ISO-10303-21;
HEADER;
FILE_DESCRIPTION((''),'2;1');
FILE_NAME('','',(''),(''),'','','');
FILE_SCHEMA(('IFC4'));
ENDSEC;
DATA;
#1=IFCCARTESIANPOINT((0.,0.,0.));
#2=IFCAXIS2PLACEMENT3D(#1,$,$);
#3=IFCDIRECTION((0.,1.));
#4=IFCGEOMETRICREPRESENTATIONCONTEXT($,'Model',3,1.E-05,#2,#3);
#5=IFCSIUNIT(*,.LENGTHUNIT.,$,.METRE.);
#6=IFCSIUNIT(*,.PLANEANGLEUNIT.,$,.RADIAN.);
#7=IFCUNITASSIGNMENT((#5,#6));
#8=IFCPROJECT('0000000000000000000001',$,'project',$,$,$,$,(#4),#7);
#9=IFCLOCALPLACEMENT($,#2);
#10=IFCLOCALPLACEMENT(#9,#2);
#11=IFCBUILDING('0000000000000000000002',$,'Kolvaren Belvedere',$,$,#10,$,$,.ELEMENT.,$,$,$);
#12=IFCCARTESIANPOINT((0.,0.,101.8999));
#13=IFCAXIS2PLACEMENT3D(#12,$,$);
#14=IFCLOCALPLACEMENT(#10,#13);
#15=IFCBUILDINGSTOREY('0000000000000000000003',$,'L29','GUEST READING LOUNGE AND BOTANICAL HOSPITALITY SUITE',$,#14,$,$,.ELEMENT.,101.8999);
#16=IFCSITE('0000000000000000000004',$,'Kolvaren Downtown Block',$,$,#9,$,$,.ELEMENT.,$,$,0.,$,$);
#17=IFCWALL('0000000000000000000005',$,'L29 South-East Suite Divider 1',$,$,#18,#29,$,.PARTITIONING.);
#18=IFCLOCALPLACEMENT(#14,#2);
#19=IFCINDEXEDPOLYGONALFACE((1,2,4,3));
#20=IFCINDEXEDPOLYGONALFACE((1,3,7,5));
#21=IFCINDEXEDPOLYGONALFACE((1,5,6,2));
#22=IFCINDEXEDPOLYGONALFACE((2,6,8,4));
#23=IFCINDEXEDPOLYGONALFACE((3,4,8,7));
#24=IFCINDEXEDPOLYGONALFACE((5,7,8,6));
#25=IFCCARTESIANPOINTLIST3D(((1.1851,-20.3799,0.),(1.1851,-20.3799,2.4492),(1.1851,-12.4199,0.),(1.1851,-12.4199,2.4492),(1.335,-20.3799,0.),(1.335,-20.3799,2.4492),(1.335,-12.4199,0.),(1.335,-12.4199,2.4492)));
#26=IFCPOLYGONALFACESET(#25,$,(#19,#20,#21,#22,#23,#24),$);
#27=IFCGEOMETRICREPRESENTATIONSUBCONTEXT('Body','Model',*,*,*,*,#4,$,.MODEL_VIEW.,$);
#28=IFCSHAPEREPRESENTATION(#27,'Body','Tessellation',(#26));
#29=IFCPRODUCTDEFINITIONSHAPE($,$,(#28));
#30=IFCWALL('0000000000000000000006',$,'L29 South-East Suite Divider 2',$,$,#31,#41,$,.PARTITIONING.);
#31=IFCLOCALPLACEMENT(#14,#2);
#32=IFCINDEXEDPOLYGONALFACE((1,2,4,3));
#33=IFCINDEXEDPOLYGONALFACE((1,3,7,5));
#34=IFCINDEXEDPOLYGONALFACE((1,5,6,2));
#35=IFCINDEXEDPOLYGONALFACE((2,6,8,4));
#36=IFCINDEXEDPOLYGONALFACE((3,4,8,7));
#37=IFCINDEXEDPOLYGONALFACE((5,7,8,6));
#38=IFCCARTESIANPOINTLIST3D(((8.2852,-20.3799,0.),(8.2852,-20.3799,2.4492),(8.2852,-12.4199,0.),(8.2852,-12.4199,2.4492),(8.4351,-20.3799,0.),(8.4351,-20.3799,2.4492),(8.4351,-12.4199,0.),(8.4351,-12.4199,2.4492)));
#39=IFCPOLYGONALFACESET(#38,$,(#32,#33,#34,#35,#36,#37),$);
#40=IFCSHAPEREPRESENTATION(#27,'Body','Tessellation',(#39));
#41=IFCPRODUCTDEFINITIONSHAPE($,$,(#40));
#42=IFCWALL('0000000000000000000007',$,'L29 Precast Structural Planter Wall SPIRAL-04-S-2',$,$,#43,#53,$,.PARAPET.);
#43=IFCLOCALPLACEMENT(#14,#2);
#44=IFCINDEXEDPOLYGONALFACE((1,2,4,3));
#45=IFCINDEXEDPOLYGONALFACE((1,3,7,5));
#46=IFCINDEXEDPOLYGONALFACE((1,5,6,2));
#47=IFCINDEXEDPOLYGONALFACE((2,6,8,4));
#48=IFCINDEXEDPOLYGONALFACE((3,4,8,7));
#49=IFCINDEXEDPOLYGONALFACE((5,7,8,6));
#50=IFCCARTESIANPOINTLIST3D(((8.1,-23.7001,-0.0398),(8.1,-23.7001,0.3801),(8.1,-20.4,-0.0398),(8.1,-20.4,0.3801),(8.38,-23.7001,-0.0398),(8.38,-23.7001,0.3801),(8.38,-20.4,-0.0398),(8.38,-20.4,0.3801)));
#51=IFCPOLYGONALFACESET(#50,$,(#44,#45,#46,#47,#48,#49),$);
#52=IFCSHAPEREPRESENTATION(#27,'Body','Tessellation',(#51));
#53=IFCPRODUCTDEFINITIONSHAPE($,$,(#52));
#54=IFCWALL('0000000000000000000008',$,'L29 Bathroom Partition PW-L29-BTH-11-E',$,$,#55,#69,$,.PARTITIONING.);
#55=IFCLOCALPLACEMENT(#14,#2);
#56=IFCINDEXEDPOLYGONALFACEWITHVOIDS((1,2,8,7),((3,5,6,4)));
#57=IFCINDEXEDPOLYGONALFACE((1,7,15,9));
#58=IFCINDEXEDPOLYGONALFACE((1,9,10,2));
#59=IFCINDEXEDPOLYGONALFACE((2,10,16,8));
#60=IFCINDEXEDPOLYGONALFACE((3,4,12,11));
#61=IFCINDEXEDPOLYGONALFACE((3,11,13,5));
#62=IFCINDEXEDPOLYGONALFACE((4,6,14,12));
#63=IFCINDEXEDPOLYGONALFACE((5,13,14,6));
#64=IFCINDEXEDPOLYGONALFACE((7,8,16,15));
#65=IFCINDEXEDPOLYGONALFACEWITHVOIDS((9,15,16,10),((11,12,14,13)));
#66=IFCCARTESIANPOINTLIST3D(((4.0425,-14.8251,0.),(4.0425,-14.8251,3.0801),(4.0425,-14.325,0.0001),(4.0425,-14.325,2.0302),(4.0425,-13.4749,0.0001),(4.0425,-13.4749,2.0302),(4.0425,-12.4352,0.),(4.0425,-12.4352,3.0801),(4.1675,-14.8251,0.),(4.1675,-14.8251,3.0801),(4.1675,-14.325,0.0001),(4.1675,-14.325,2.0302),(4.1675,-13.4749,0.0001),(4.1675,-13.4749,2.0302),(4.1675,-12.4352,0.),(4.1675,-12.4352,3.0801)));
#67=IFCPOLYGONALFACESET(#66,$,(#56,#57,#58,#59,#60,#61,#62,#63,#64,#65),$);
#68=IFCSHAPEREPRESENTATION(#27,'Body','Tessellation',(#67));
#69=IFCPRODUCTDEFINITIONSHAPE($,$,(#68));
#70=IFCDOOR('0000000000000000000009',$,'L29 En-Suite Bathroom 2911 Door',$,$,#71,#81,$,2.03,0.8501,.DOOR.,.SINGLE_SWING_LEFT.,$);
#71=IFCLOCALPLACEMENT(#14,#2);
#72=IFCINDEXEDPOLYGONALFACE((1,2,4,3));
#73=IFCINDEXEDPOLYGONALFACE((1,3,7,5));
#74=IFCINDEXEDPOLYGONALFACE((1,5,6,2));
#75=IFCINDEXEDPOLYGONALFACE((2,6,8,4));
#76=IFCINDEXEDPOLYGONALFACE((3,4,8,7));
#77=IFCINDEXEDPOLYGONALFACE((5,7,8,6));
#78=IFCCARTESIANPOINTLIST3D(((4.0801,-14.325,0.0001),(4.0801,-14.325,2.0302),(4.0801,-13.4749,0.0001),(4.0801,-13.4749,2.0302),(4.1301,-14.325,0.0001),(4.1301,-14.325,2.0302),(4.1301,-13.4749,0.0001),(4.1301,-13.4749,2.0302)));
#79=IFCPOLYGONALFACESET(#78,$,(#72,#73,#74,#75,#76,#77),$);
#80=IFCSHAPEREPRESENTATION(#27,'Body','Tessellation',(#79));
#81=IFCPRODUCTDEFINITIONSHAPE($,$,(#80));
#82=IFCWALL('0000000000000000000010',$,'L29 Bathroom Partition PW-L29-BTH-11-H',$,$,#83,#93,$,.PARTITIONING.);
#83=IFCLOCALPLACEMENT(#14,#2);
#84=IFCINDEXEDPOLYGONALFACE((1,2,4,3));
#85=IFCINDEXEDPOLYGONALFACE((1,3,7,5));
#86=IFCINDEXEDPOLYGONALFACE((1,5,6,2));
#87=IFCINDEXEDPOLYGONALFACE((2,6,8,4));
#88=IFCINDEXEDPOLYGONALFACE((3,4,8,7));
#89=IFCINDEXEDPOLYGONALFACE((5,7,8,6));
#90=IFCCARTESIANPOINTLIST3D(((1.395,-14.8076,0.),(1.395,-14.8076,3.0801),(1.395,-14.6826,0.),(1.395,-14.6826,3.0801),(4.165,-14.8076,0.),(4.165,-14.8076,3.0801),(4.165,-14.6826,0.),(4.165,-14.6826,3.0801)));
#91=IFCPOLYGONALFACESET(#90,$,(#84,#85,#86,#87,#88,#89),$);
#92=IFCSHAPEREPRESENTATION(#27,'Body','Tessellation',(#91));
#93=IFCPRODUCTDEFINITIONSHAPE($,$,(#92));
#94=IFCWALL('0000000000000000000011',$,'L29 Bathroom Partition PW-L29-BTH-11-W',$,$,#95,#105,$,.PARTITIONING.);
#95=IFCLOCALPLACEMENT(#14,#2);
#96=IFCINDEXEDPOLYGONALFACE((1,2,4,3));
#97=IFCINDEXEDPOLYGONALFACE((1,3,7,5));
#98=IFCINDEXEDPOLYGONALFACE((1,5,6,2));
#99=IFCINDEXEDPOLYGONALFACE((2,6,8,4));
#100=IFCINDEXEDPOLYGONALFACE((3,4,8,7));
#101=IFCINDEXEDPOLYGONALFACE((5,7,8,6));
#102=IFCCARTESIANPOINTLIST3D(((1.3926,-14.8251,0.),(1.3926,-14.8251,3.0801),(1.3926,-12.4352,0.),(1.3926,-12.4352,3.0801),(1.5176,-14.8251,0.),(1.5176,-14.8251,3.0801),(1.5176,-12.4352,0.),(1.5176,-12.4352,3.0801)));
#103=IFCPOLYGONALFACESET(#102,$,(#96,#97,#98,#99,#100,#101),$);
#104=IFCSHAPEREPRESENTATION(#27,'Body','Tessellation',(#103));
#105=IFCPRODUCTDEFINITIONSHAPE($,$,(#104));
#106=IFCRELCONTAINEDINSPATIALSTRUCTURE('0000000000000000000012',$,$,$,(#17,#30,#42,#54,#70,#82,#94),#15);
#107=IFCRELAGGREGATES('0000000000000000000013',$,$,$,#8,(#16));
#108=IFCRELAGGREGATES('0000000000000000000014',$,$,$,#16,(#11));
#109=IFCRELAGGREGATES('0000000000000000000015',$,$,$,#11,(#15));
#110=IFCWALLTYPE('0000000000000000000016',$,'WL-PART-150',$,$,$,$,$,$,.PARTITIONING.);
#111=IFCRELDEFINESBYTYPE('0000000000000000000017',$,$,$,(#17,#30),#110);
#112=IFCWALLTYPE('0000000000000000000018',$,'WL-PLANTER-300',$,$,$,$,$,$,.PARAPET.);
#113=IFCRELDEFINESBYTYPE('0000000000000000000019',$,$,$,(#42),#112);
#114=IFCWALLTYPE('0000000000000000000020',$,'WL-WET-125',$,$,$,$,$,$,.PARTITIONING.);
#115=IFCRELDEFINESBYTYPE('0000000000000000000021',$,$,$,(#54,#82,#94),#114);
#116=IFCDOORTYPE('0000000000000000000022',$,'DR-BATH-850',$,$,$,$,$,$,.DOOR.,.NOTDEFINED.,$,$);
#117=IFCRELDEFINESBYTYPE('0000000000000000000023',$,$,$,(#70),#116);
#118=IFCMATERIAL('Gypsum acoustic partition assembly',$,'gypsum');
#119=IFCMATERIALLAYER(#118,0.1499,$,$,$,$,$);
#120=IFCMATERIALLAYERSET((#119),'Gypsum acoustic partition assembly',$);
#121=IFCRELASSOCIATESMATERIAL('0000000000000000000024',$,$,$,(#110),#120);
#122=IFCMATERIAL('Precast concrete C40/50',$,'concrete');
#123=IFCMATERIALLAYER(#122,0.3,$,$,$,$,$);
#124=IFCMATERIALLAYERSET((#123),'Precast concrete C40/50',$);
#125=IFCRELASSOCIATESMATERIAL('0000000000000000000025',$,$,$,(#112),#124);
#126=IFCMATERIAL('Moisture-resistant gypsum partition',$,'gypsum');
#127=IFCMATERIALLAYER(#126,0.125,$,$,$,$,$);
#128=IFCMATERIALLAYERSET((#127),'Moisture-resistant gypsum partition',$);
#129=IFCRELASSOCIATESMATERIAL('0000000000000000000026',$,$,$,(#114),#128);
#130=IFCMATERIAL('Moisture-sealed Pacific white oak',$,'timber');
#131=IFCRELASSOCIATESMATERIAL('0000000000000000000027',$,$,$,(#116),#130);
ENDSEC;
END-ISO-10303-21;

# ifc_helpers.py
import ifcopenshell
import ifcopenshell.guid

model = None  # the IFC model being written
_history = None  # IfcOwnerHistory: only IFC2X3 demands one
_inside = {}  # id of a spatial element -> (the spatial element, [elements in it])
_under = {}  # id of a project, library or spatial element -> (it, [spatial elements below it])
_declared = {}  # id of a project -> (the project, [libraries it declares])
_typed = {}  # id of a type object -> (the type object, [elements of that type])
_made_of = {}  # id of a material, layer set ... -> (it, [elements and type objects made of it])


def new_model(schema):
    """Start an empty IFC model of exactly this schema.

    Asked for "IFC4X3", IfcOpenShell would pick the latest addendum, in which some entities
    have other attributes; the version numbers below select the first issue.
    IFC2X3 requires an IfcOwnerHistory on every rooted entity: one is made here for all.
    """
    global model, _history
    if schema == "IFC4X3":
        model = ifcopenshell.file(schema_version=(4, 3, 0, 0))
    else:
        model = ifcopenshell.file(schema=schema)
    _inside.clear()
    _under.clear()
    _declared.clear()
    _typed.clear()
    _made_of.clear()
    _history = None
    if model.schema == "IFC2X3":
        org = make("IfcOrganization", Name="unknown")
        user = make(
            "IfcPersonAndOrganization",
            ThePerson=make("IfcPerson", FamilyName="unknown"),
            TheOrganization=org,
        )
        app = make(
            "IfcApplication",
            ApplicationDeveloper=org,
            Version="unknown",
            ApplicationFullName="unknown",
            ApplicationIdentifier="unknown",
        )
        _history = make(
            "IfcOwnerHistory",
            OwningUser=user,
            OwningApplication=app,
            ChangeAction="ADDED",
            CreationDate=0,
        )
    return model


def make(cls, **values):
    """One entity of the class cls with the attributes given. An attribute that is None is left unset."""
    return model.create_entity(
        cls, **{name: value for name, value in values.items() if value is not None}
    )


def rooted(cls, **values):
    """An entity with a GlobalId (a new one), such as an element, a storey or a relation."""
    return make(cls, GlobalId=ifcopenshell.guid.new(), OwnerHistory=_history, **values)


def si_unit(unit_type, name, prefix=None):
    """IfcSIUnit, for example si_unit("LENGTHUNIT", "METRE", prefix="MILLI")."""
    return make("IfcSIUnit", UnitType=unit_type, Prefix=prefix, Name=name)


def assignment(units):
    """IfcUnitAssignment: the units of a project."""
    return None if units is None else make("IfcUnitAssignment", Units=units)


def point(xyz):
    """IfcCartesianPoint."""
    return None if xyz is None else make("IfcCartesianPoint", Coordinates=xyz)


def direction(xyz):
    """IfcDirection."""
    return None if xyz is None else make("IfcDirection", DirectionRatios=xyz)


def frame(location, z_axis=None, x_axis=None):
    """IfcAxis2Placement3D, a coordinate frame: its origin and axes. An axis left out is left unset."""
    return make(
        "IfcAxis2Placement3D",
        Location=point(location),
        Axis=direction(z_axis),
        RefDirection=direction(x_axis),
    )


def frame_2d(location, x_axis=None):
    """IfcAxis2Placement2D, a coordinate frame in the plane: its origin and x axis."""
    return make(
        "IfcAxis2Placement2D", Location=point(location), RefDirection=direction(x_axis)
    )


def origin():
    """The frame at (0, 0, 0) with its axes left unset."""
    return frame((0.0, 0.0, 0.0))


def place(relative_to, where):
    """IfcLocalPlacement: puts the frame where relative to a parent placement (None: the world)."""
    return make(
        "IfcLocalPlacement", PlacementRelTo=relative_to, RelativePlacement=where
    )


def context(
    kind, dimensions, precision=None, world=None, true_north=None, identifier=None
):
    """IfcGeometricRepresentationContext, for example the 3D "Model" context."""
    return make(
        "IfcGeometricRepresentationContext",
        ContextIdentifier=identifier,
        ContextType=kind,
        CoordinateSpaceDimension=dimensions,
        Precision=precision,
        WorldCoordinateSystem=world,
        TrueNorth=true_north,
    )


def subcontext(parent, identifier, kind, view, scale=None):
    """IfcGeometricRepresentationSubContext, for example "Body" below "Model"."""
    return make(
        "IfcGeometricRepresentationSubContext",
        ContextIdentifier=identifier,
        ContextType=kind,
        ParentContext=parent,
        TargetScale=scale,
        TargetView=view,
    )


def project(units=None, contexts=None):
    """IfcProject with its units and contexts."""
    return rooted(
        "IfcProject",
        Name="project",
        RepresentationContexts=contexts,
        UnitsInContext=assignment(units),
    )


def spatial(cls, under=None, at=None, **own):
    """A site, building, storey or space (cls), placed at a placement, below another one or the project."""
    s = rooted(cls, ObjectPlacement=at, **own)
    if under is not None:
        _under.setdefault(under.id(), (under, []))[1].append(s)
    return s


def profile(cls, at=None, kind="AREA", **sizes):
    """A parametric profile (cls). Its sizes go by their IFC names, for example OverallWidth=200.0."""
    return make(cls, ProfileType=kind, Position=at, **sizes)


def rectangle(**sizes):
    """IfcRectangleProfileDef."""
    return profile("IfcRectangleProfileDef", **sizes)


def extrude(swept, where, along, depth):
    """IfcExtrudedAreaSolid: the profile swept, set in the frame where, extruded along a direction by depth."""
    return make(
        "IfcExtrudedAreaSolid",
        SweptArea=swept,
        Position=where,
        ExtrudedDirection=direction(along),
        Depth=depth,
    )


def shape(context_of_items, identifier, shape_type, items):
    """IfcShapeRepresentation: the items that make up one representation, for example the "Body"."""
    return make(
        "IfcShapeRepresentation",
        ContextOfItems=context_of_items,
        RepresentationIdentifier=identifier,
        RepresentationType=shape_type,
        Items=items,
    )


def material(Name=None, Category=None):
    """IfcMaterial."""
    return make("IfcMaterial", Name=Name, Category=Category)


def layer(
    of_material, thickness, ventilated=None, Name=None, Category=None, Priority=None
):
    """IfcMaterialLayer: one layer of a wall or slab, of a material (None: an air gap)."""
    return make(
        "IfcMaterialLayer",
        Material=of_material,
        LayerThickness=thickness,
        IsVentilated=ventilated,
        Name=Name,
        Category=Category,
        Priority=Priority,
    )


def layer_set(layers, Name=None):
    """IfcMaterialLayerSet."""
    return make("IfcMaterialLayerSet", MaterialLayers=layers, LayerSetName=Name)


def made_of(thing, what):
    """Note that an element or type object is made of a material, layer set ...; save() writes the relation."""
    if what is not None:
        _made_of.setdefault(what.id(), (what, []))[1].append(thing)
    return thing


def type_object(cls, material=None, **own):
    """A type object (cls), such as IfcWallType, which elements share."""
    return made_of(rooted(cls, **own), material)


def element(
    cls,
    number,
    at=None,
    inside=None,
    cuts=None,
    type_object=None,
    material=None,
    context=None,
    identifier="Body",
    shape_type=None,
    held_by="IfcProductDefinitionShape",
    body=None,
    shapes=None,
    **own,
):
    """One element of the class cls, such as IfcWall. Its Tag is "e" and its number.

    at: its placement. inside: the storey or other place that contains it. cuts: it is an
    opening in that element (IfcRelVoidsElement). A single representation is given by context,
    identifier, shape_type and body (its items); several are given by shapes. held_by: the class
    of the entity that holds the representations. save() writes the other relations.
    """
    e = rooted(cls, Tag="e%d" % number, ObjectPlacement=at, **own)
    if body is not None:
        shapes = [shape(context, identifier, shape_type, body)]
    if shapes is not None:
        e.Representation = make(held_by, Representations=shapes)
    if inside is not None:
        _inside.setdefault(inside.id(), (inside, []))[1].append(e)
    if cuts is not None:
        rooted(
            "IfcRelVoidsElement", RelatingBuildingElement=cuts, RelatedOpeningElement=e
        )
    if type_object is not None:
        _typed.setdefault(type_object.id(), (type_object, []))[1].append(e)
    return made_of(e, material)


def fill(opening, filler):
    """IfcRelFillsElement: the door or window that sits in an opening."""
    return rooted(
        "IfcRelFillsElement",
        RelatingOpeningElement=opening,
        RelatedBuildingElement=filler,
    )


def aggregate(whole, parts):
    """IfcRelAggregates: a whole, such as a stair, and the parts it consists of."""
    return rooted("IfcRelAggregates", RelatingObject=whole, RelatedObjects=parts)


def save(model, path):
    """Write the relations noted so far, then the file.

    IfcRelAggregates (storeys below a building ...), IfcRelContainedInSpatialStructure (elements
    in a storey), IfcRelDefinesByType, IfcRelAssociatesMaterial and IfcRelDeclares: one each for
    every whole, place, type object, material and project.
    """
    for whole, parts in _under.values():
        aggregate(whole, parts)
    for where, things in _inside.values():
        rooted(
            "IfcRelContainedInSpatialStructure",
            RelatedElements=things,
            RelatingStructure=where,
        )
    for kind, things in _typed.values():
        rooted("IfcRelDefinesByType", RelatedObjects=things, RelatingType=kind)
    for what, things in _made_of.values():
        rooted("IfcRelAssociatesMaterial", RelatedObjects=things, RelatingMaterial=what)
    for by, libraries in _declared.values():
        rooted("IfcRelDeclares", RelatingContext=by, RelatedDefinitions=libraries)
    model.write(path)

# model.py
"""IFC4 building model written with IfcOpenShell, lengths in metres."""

from ifc_helpers import new_model, si_unit, direction, frame, frame_2d, origin, place, context, subcontext, project, spatial, rectangle, extrude, material, layer, layer_set, type_object, element, fill, save


model = new_model("IFC4")

# Units and contexts
model_context = context("Model", 3, precision=1e-05, world=origin(), true_north=direction((0.0, 1.0)))
body_context = subcontext(model_context, "Body", "Model", "MODEL_VIEW")
ifc_project = project(units=[si_unit("LENGTHUNIT", "METRE"), si_unit("PLANEANGLEUNIT", "RADIAN")], contexts=[model_context])

# Site, building, storey
site_placement = place(None, origin())
site = spatial("IfcSite", under=ifc_project, at=site_placement, Name="Kolvaren Downtown Block", CompositionType="ELEMENT", RefElevation=0.0)
building_placement = place(site_placement, origin())
building = spatial("IfcBuilding", under=site, at=building_placement, Name="Kolvaren Belvedere", CompositionType="ELEMENT")
storey_placement = place(building_placement, frame((0.0, 0.0, 101.8999)))
storey = spatial("IfcBuildingStorey", under=building, at=storey_placement, Name="L29", Description="GUEST READING LOUNGE AND BOTANICAL HOSPITALITY SUITE", CompositionType="ELEMENT", Elevation=101.8999)

# Walls
ifc_material_1 = material(Name="Gypsum acoustic partition assembly", Category="gypsum")
ifc_layer_1 = layer(ifc_material_1, 0.1499)
ifc_layer_set_1 = layer_set([ifc_layer_1], Name="Gypsum acoustic partition assembly")
wall_type_1 = type_object("IfcWallType", Name="WL-PART-150", PredefinedType="PARTITIONING", material=ifc_layer_set_1)
for number, where, z_axis, x_axis, name in (
    (1, (1.26, -20.3799, 0.0), (0.0, 0.0, 1.0), (0.0, 1.0, 0.0), "L29 South-East Suite Divider 1"),
    (2, (8.3601, -20.3799, 0.0), (0.0, 0.0, 1.0), (0.0, 1.0, 0.0), "L29 South-East Suite Divider 2"),
):
    element("IfcWall", number, at=place(storey_placement, frame(where, z_axis=z_axis, x_axis=x_axis)), inside=storey, type_object=wall_type_1, Name=name, PredefinedType="PARTITIONING", context=body_context, shape_type="SweptSolid", body=[
        extrude(rectangle(XDim=7.96, YDim=0.1499, at=frame_2d((3.98, 0.0))), origin(), (0.0, 0.0, 1.0), 2.4492),
    ])
ifc_material_2 = material(Name="Precast concrete C40/50", Category="concrete")
ifc_layer_2 = layer(ifc_material_2, 0.3)
ifc_layer_set_2 = layer_set([ifc_layer_2], Name="Precast concrete C40/50")
wall_type_2 = type_object("IfcWallType", Name="WL-PLANTER-300", PredefinedType="PARAPET", material=ifc_layer_set_2)
wall_1_placement = place(storey_placement, frame((8.24, -23.7, -0.0398), z_axis=(0.0, 0.0, 1.0), x_axis=(0.0, 1.0, 0.0)))
element("IfcWall", 3, at=wall_1_placement, inside=storey, type_object=wall_type_2, Name="L29 Precast Structural Planter Wall SPIRAL-04-S-2", PredefinedType="PARAPET", context=body_context, shape_type="SweptSolid", body=[
    extrude(rectangle(XDim=3.3, YDim=0.28, at=frame_2d((1.6499, 0.0))), origin(), (0.0, 0.0, 1.0), 0.4199),
])

# Wall, opening, door
ifc_material_3 = material(Name="Moisture-resistant gypsum partition", Category="gypsum")
ifc_layer_3 = layer(ifc_material_3, 0.125)
ifc_layer_set_3 = layer_set([ifc_layer_3], Name="Moisture-resistant gypsum partition")
wall_type_3 = type_object("IfcWallType", Name="WL-WET-125", PredefinedType="PARTITIONING", material=ifc_layer_set_3)
wall_2_placement = place(storey_placement, frame((4.105, -14.825, 0.0), z_axis=(0.0, 0.0, 1.0), x_axis=(0.0, 1.0, 0.0)))
wall_2 = element("IfcWall", 4, at=wall_2_placement, inside=storey, type_object=wall_type_3, Name="L29 Bathroom Partition PW-L29-BTH-11-E", PredefinedType="PARTITIONING", context=body_context, shape_type="SweptSolid", body=[
    extrude(rectangle(XDim=2.3899, YDim=0.125, at=frame_2d((1.1948, 0.0))), origin(), (0.0, 0.0, 1.0), 3.0801),
])
opening_1_placement = place(wall_2_placement, frame((0.5, 0.0, 0.0)))
opening_1 = element("IfcOpeningElement", 5, at=opening_1_placement, cuts=wall_2, PredefinedType="OPENING", context=body_context, shape_type="SweptSolid", body=[
    extrude(rectangle(XDim=0.8501, YDim=2.03, at=frame_2d((0.425, 1.0151))), frame((0.0, 0.0725, 0.0), z_axis=(0.0, -1.0, 0.0), x_axis=(1.0, 0.0, 0.0)), (0.0, 0.0, 1.0), 0.145),
])
ifc_material_4 = material(Name="Moisture-sealed Pacific white oak", Category="timber")
door_type_1 = type_object("IfcDoorType", Name="DR-BATH-850", OperationType="NOTDEFINED", PredefinedType="DOOR", material=ifc_material_4)
door_1_placement = place(opening_1_placement, origin())
door_1 = element("IfcDoor", 6, at=door_1_placement, inside=storey, type_object=door_type_1, Name="L29 En-Suite Bathroom 2911 Door", OperationType="SINGLE_SWING_LEFT", OverallHeight=2.03, OverallWidth=0.8501, PredefinedType="DOOR", context=body_context, shape_type="SweptSolid", body=[
    extrude(rectangle(XDim=0.8501, YDim=2.03, at=frame_2d((0.425, 1.0151))), frame((0.0, 0.0249, 0.0), z_axis=(0.0, -1.0, 0.0), x_axis=(1.0, 0.0, 0.0)), (0.0, 0.0, 1.0), 0.05),
])
fill(opening_1, door_1)

# Walls
wall_3_placement = place(storey_placement, frame((1.395, -14.7451, 0.0), z_axis=(0.0, 0.0, 1.0), x_axis=(1.0, 0.0, 0.0)))
element("IfcWall", 7, at=wall_3_placement, inside=storey, type_object=wall_type_3, Name="L29 Bathroom Partition PW-L29-BTH-11-H", PredefinedType="PARTITIONING", context=body_context, shape_type="SweptSolid", body=[
    extrude(rectangle(XDim=2.77, YDim=0.125, at=frame_2d((1.385, 0.0))), origin(), (0.0, 0.0, 1.0), 3.0801),
])
wall_4_placement = place(storey_placement, frame((1.4551, -14.825, 0.0), z_axis=(0.0, 0.0, 1.0), x_axis=(0.0, 1.0, 0.0)))
element("IfcWall", 8, at=wall_4_placement, inside=storey, type_object=wall_type_3, Name="L29 Bathroom Partition PW-L29-BTH-11-W", PredefinedType="PARTITIONING", context=body_context, shape_type="SweptSolid", body=[
    extrude(rectangle(XDim=2.3899, YDim=0.125, at=frame_2d((1.1948, 0.0))), origin(), (0.0, 0.0, 1.0), 3.0801),
])

save(model, "model.ifc")
